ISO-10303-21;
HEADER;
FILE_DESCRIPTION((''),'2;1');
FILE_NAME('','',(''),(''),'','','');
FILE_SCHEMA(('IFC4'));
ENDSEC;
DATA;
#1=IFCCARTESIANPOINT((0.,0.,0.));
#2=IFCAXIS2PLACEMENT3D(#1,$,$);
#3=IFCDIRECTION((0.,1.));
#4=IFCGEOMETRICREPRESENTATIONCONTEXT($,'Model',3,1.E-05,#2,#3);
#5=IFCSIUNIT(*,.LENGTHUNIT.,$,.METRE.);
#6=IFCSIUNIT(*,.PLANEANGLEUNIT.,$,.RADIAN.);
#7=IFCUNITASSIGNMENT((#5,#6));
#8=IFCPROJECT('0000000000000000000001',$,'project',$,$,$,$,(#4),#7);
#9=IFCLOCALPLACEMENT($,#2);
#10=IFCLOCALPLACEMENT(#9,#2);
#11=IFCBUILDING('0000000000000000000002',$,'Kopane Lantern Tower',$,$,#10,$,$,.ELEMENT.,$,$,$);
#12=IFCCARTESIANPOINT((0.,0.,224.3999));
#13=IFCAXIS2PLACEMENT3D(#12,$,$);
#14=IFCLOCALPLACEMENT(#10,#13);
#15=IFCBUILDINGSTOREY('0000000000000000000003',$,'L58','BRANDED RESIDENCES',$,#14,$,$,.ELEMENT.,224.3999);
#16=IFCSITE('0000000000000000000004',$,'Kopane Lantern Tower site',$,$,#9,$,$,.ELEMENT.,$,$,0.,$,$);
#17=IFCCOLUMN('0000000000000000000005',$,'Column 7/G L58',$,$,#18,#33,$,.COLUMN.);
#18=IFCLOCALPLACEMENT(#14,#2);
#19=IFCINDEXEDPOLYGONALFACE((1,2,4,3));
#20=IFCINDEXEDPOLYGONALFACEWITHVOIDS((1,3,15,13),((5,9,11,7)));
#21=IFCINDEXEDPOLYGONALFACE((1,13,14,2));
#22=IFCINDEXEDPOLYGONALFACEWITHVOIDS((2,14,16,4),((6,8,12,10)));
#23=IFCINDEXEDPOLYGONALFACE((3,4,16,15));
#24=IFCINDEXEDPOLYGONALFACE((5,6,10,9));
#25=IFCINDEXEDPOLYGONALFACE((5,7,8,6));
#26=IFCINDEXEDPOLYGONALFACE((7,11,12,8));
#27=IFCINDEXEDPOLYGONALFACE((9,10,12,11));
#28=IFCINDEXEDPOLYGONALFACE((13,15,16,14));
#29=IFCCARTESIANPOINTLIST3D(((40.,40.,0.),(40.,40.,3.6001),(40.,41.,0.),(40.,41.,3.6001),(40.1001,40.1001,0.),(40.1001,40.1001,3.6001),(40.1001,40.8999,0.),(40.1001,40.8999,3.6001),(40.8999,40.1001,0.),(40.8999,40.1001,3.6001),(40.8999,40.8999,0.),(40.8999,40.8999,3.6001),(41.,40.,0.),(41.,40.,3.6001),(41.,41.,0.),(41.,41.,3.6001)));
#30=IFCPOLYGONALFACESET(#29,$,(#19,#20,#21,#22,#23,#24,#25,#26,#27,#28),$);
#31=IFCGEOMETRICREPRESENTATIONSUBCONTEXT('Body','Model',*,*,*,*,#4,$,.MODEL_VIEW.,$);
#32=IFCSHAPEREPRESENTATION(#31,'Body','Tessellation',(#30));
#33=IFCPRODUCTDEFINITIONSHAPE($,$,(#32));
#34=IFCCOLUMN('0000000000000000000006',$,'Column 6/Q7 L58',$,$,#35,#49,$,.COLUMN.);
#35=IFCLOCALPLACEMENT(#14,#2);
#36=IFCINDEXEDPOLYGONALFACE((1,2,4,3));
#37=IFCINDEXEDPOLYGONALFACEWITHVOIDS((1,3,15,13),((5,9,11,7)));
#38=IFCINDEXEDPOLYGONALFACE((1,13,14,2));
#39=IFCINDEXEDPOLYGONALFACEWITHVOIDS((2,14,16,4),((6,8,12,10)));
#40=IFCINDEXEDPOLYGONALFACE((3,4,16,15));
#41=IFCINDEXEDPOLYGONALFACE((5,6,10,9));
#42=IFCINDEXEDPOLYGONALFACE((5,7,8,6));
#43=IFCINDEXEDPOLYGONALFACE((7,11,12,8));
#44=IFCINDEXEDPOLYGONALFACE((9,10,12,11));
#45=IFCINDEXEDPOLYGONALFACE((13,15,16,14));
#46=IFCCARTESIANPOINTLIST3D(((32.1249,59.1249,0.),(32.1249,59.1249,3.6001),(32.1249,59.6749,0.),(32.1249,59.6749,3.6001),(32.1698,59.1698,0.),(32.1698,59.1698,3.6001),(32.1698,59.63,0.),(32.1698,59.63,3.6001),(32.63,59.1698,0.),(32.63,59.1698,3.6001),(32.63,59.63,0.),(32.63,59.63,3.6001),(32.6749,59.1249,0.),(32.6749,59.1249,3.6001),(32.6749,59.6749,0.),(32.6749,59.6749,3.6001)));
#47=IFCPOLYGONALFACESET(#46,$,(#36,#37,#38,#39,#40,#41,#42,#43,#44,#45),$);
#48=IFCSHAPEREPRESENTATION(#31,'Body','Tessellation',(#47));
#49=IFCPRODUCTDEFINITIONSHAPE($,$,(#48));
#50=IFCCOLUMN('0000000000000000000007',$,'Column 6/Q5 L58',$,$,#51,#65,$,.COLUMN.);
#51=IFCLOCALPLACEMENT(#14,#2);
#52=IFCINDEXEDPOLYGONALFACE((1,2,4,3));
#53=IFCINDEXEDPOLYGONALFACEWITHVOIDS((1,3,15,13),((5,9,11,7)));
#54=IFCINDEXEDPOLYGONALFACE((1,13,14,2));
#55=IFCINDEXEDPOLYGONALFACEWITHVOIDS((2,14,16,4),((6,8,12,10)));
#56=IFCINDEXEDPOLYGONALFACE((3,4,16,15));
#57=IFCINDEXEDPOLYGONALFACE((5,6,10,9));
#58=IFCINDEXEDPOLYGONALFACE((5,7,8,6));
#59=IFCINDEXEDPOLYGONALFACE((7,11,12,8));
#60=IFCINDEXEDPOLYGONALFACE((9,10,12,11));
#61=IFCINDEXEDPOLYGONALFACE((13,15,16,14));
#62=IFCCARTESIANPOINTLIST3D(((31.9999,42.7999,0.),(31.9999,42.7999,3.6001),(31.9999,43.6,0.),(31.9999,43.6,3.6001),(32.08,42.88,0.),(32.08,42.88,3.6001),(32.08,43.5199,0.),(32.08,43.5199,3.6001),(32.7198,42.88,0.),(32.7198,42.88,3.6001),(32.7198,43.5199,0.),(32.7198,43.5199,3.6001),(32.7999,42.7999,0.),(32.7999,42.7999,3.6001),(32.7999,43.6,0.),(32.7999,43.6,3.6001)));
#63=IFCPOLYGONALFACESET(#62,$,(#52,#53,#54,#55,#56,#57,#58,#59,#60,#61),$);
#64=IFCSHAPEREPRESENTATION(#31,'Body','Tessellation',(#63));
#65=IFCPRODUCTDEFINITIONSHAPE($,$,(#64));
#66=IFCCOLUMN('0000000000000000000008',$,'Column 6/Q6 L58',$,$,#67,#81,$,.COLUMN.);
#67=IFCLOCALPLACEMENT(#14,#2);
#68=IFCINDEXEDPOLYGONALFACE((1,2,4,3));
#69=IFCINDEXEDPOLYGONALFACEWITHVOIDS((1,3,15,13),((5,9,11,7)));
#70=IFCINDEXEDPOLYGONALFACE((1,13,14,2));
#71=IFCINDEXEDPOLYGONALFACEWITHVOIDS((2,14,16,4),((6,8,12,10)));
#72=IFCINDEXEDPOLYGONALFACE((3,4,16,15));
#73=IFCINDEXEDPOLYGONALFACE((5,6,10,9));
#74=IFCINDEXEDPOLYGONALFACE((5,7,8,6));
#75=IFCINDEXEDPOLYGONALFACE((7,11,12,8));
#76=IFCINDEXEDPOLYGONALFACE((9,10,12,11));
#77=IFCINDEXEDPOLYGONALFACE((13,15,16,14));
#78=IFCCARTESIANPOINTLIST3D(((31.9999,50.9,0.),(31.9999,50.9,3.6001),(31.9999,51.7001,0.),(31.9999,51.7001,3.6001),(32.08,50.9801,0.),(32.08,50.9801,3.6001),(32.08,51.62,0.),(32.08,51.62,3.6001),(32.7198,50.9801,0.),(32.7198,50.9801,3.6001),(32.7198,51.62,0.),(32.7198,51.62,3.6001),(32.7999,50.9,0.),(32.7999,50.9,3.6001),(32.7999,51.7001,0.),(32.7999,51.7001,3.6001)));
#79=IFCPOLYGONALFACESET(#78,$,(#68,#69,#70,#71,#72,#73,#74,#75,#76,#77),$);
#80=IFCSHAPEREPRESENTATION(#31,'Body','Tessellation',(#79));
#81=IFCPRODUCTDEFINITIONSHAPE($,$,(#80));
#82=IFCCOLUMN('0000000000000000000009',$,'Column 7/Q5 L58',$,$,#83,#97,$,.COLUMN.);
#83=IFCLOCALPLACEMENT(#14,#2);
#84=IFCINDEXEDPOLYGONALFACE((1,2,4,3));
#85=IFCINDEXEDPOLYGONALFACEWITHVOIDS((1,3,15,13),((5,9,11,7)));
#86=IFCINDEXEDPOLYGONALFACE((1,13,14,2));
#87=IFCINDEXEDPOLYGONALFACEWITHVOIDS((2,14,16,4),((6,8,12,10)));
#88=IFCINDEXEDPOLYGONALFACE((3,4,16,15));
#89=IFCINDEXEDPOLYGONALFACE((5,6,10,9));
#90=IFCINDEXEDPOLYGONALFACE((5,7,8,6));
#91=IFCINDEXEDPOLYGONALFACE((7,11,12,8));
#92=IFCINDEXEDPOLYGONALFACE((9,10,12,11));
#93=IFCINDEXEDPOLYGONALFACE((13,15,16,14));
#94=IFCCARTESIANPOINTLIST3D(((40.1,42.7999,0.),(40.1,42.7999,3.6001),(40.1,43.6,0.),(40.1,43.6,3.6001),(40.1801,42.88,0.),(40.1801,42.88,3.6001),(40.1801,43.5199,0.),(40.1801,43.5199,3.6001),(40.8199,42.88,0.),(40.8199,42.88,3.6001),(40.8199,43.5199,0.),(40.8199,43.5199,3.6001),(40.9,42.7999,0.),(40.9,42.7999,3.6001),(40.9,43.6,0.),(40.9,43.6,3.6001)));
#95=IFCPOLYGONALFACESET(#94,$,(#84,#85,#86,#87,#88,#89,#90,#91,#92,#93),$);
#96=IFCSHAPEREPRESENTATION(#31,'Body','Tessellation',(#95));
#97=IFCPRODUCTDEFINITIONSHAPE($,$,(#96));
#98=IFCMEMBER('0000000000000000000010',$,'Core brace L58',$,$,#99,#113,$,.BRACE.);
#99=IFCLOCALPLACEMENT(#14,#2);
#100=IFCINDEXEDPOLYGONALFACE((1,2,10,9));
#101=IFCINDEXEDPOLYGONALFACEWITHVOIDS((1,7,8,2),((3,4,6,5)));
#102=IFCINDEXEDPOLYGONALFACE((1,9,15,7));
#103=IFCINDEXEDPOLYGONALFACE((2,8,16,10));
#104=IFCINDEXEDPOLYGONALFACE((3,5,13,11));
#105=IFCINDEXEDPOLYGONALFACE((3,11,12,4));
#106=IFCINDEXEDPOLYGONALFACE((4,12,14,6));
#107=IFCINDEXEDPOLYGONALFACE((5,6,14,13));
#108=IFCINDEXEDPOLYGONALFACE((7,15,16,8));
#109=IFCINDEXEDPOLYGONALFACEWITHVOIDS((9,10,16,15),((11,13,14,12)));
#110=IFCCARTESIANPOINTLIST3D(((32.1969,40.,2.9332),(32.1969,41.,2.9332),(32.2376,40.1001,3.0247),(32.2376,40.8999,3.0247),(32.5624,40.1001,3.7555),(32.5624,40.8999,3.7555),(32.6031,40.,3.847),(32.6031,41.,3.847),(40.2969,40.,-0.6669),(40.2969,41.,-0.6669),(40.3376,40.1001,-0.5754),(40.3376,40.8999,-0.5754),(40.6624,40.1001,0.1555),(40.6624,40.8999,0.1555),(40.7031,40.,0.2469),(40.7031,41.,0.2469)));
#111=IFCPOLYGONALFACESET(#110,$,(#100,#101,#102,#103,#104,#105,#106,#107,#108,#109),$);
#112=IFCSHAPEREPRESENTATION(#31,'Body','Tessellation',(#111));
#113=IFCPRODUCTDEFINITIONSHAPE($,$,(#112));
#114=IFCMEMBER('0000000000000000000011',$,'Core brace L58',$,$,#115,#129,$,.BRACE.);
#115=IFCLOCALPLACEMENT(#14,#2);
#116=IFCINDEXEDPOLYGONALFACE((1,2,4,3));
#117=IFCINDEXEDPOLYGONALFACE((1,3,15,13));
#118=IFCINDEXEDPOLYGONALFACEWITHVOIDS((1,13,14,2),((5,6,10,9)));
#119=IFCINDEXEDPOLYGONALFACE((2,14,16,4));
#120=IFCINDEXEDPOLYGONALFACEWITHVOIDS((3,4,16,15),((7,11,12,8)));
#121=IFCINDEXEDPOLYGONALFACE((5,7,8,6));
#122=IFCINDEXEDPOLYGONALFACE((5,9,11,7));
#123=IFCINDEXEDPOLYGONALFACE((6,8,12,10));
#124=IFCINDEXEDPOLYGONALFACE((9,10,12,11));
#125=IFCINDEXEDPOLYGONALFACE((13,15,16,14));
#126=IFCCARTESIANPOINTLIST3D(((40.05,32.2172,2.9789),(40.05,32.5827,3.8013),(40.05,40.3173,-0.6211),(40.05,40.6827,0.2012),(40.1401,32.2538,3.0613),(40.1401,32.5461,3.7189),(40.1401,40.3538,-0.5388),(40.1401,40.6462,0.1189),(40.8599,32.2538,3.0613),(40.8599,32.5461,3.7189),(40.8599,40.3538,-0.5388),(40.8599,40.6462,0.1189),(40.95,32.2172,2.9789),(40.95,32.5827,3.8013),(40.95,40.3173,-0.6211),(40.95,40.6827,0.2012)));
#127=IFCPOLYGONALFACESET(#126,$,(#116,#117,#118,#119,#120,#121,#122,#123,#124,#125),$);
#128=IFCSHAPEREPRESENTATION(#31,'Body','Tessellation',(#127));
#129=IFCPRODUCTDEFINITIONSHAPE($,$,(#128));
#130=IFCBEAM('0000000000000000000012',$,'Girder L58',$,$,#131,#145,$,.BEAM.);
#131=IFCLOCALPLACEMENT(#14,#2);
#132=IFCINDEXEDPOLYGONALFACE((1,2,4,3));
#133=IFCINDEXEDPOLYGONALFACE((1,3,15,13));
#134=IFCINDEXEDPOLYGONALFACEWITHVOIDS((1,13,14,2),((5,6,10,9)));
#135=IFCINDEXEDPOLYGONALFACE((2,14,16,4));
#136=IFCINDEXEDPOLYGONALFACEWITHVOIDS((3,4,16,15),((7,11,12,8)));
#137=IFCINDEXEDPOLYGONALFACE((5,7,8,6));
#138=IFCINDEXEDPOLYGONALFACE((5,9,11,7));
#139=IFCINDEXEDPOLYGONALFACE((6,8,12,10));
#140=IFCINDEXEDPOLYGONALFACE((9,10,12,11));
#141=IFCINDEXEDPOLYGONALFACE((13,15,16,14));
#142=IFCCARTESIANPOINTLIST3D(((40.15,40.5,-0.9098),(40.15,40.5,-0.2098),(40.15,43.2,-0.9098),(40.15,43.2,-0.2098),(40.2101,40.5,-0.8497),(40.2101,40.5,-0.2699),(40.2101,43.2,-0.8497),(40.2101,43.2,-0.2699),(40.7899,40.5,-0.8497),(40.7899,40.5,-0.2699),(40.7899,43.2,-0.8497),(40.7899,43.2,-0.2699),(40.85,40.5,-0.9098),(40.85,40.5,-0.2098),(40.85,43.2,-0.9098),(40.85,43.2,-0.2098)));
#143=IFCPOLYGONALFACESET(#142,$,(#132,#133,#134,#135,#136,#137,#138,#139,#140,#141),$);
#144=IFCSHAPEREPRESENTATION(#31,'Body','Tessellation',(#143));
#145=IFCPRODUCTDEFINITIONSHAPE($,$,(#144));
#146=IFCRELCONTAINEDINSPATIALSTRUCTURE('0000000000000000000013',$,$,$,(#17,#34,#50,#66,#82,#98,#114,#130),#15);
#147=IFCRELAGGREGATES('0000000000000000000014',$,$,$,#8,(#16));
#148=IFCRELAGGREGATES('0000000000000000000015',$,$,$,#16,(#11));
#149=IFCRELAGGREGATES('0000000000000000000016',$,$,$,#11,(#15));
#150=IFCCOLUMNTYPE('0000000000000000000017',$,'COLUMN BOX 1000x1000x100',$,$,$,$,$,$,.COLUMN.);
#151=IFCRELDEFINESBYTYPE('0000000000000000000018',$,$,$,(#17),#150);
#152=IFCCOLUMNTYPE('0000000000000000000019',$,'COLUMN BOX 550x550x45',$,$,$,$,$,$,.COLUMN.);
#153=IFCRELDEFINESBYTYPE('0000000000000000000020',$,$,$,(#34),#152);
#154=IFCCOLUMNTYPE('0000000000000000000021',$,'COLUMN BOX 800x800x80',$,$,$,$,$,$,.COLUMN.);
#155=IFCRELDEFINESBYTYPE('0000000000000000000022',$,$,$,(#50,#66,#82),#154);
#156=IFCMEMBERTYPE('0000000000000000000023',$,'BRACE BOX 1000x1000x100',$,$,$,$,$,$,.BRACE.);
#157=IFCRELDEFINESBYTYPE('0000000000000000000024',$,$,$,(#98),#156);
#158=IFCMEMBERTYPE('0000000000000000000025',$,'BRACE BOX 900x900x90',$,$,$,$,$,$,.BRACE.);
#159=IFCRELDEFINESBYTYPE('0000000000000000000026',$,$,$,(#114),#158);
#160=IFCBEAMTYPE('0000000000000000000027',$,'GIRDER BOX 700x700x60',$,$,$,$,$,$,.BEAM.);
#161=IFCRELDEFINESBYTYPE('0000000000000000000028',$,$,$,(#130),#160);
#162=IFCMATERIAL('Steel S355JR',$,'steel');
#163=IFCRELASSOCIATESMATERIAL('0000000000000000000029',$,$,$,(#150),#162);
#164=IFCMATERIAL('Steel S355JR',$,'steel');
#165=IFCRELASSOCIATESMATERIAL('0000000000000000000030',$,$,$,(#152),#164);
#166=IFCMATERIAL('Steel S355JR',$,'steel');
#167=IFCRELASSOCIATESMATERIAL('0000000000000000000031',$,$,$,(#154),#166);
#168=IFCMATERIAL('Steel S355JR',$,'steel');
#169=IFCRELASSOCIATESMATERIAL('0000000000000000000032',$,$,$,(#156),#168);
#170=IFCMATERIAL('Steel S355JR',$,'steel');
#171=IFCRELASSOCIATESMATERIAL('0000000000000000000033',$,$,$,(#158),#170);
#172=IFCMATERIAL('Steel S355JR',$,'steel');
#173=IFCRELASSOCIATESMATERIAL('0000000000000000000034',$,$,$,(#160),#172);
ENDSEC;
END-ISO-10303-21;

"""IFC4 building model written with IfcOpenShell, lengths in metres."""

from ifc_helpers import new_model, si_unit, direction, frame, origin, origin_2d, place, context, subcontext, project, spatial, hollow_rectangle, extrude, material, material_profile, profile_set, type_object, element, save


model = new_model("IFC4")

# Units and contexts
model_context = context("Model", 3, precision=1e-05, world=origin(), true_north=direction((0.0, 1.0)))
body_context = subcontext(model_context, "Body", "Model", "MODEL_VIEW")
ifc_project = project(units=[si_unit("LENGTHUNIT", "METRE"), si_unit("PLANEANGLEUNIT", "RADIAN")], contexts=[model_context])

# Site, building, storey
site_placement = place(None, origin())
site = spatial("IfcSite", under=ifc_project, at=site_placement, Name="Kopane Lantern Tower site", CompositionType="ELEMENT", RefElevation=0.0)
building_placement = place(site_placement, origin())
building = spatial("IfcBuilding", under=site, at=building_placement, Name="Kopane Lantern Tower", CompositionType="ELEMENT")
storey_placement = place(building_placement, frame((0.0, 0.0, 224.3999)))
storey = spatial("IfcBuildingStorey", under=building, at=storey_placement, Name="L58", Description="BRANDED RESIDENCES", CompositionType="ELEMENT", Elevation=224.3999)

# Columns
ifc_material_1 = material(Name="Steel S355JR", Category="steel")
ifc_material_profile_1 = material_profile(ifc_material_1, hollow_rectangle(XDim=1.0, YDim=1.0, WallThickness=0.1001, at=origin_2d()), Name="BOX 1000x1000x100")
ifc_profile_set_1 = profile_set([ifc_material_profile_1], Name="Steel S355JR")
column_type_1 = type_object("IfcColumnType", Name="COLUMN BOX 1000x1000x100", PredefinedType="COLUMN", material=ifc_profile_set_1)
column_1_placement = place(storey_placement, frame((40.5, 40.5, 0.0), z_axis=(0.0, 0.0, 1.0), x_axis=(1.0, 0.0, 0.0)))
element("IfcColumn", 1, at=column_1_placement, inside=storey, type_object=column_type_1, Name="Column 7/G L58", PredefinedType="COLUMN", context=body_context, shape_type="SweptSolid", body=[
    extrude(hollow_rectangle(XDim=1.0, YDim=1.0, WallThickness=0.1001, at=origin_2d()), origin(), (0.0, 0.0, 1.0), 3.6001),
])
ifc_material_2 = material(Name="Steel S355JR", Category="steel")
ifc_material_profile_2 = material_profile(ifc_material_2, hollow_rectangle(XDim=0.55, YDim=0.55, WallThickness=0.0449, at=origin_2d()), Name="BOX 550x550x45")
ifc_profile_set_2 = profile_set([ifc_material_profile_2], Name="Steel S355JR")
column_type_2 = type_object("IfcColumnType", Name="COLUMN BOX 550x550x45", PredefinedType="COLUMN", material=ifc_profile_set_2)
column_2_placement = place(storey_placement, frame((32.3999, 59.3999, 0.0), z_axis=(0.0, 0.0, 1.0), x_axis=(1.0, 0.0, 0.0)))
element("IfcColumn", 2, at=column_2_placement, inside=storey, type_object=column_type_2, Name="Column 6/Q7 L58", PredefinedType="COLUMN", context=body_context, shape_type="SweptSolid", body=[
    extrude(hollow_rectangle(XDim=0.55, YDim=0.55, WallThickness=0.0449, at=origin_2d()), origin(), (0.0, 0.0, 1.0), 3.6001),
])
ifc_material_3 = material(Name="Steel S355JR", Category="steel")
ifc_material_profile_3 = material_profile(ifc_material_3, hollow_rectangle(XDim=0.8, YDim=0.8, WallThickness=0.0801, at=origin_2d()), Name="BOX 800x800x80")
ifc_profile_set_3 = profile_set([ifc_material_profile_3], Name="Steel S355JR")
column_type_3 = type_object("IfcColumnType", Name="COLUMN BOX 800x800x80", PredefinedType="COLUMN", material=ifc_profile_set_3)
for number, where, z_axis, x_axis, name in (
    (3, (32.3999, 43.2, 0.0), (0.0, 0.0, 1.0), (1.0, 0.0, 0.0), "Column 6/Q5 L58"),
    (4, (32.3999, 51.3, 0.0), (0.0, 0.0, 1.0), (1.0, 0.0, 0.0), "Column 6/Q6 L58"),
    (5, (40.5, 43.2, 0.0), (0.0, 0.0, 1.0), (1.0, 0.0, 0.0), "Column 7/Q5 L58"),
):
    element("IfcColumn", number, at=place(storey_placement, frame(where, z_axis=z_axis, x_axis=x_axis)), inside=storey, type_object=column_type_3, Name=name, PredefinedType="COLUMN", context=body_context, shape_type="SweptSolid", body=[
        extrude(hollow_rectangle(XDim=0.8, YDim=0.8, WallThickness=0.0801, at=origin_2d()), origin(), (0.0, 0.0, 1.0), 3.6001),
    ])

# Members
ifc_material_4 = material(Name="Steel S355JR", Category="steel")
ifc_material_profile_4 = material_profile(ifc_material_4, hollow_rectangle(XDim=1.0, YDim=1.0, WallThickness=0.1001, at=origin_2d()), Name="BOX 1000x1000x100")
ifc_profile_set_4 = profile_set([ifc_material_profile_4], Name="Steel S355JR")
member_type_1 = type_object("IfcMemberType", Name="BRACE BOX 1000x1000x100", PredefinedType="BRACE", material=ifc_profile_set_4)
member_1_placement = place(storey_placement, frame((40.5, 40.5, -0.21), z_axis=(-0.913809, 0.0, 0.406144), x_axis=(0.0, -1.0, 0.0)))
element("IfcMember", 6, at=member_1_placement, inside=storey, type_object=member_type_1, Name="Core brace L58", PredefinedType="BRACE", context=body_context, shape_type="SweptSolid", body=[
    extrude(hollow_rectangle(XDim=1.0, YDim=1.0, WallThickness=0.1001, at=origin_2d()), origin(), (0.0, 0.0, 1.0), 8.864),
])
ifc_material_5 = material(Name="Steel S355JR", Category="steel")
ifc_material_profile_5 = material_profile(ifc_material_5, hollow_rectangle(XDim=0.8999, YDim=0.8999, WallThickness=0.0901, at=origin_2d()), Name="BOX 900x900x90")
ifc_profile_set_5 = profile_set([ifc_material_profile_5], Name="Steel S355JR")
member_type_2 = type_object("IfcMemberType", Name="BRACE BOX 900x900x90", PredefinedType="BRACE", material=ifc_profile_set_5)
member_2_placement = place(storey_placement, frame((40.5, 40.5, -0.21), z_axis=(0.0, -0.913809, 0.406144), x_axis=(1.0, 0.0, 0.0)))
element("IfcMember", 7, at=member_2_placement, inside=storey, type_object=member_type_2, Name="Core brace L58", PredefinedType="BRACE", context=body_context, shape_type="SweptSolid", body=[
    extrude(hollow_rectangle(XDim=0.8999, YDim=0.8999, WallThickness=0.0901, at=origin_2d()), origin(), (0.0, 0.0, 1.0), 8.864),
])

# Beam
ifc_material_6 = material(Name="Steel S355JR", Category="steel")
ifc_material_profile_6 = material_profile(ifc_material_6, hollow_rectangle(XDim=0.7, YDim=0.7, WallThickness=0.0601, at=origin_2d()), Name="BOX 700x700x60")
ifc_profile_set_6 = profile_set([ifc_material_profile_6], Name="Steel S355JR")
beam_type_1 = type_object("IfcBeamType", Name="GIRDER BOX 700x700x60", PredefinedType="BEAM", material=ifc_profile_set_6)
beam_1_placement = place(storey_placement, frame((40.5, 40.5, -0.5598), z_axis=(0.0, 1.0, 0.0), x_axis=(-1.0, 0.0, 0.0)))
element("IfcBeam", 8, at=beam_1_placement, inside=storey, type_object=beam_type_1, Name="Girder L58", PredefinedType="BEAM", context=body_context, shape_type="SweptSolid", body=[
    extrude(hollow_rectangle(XDim=0.7, YDim=0.7, WallThickness=0.0601, at=origin_2d()), origin(), (0.0, 0.0, 1.0), 2.7),
])

save(model, "model.ifc")
